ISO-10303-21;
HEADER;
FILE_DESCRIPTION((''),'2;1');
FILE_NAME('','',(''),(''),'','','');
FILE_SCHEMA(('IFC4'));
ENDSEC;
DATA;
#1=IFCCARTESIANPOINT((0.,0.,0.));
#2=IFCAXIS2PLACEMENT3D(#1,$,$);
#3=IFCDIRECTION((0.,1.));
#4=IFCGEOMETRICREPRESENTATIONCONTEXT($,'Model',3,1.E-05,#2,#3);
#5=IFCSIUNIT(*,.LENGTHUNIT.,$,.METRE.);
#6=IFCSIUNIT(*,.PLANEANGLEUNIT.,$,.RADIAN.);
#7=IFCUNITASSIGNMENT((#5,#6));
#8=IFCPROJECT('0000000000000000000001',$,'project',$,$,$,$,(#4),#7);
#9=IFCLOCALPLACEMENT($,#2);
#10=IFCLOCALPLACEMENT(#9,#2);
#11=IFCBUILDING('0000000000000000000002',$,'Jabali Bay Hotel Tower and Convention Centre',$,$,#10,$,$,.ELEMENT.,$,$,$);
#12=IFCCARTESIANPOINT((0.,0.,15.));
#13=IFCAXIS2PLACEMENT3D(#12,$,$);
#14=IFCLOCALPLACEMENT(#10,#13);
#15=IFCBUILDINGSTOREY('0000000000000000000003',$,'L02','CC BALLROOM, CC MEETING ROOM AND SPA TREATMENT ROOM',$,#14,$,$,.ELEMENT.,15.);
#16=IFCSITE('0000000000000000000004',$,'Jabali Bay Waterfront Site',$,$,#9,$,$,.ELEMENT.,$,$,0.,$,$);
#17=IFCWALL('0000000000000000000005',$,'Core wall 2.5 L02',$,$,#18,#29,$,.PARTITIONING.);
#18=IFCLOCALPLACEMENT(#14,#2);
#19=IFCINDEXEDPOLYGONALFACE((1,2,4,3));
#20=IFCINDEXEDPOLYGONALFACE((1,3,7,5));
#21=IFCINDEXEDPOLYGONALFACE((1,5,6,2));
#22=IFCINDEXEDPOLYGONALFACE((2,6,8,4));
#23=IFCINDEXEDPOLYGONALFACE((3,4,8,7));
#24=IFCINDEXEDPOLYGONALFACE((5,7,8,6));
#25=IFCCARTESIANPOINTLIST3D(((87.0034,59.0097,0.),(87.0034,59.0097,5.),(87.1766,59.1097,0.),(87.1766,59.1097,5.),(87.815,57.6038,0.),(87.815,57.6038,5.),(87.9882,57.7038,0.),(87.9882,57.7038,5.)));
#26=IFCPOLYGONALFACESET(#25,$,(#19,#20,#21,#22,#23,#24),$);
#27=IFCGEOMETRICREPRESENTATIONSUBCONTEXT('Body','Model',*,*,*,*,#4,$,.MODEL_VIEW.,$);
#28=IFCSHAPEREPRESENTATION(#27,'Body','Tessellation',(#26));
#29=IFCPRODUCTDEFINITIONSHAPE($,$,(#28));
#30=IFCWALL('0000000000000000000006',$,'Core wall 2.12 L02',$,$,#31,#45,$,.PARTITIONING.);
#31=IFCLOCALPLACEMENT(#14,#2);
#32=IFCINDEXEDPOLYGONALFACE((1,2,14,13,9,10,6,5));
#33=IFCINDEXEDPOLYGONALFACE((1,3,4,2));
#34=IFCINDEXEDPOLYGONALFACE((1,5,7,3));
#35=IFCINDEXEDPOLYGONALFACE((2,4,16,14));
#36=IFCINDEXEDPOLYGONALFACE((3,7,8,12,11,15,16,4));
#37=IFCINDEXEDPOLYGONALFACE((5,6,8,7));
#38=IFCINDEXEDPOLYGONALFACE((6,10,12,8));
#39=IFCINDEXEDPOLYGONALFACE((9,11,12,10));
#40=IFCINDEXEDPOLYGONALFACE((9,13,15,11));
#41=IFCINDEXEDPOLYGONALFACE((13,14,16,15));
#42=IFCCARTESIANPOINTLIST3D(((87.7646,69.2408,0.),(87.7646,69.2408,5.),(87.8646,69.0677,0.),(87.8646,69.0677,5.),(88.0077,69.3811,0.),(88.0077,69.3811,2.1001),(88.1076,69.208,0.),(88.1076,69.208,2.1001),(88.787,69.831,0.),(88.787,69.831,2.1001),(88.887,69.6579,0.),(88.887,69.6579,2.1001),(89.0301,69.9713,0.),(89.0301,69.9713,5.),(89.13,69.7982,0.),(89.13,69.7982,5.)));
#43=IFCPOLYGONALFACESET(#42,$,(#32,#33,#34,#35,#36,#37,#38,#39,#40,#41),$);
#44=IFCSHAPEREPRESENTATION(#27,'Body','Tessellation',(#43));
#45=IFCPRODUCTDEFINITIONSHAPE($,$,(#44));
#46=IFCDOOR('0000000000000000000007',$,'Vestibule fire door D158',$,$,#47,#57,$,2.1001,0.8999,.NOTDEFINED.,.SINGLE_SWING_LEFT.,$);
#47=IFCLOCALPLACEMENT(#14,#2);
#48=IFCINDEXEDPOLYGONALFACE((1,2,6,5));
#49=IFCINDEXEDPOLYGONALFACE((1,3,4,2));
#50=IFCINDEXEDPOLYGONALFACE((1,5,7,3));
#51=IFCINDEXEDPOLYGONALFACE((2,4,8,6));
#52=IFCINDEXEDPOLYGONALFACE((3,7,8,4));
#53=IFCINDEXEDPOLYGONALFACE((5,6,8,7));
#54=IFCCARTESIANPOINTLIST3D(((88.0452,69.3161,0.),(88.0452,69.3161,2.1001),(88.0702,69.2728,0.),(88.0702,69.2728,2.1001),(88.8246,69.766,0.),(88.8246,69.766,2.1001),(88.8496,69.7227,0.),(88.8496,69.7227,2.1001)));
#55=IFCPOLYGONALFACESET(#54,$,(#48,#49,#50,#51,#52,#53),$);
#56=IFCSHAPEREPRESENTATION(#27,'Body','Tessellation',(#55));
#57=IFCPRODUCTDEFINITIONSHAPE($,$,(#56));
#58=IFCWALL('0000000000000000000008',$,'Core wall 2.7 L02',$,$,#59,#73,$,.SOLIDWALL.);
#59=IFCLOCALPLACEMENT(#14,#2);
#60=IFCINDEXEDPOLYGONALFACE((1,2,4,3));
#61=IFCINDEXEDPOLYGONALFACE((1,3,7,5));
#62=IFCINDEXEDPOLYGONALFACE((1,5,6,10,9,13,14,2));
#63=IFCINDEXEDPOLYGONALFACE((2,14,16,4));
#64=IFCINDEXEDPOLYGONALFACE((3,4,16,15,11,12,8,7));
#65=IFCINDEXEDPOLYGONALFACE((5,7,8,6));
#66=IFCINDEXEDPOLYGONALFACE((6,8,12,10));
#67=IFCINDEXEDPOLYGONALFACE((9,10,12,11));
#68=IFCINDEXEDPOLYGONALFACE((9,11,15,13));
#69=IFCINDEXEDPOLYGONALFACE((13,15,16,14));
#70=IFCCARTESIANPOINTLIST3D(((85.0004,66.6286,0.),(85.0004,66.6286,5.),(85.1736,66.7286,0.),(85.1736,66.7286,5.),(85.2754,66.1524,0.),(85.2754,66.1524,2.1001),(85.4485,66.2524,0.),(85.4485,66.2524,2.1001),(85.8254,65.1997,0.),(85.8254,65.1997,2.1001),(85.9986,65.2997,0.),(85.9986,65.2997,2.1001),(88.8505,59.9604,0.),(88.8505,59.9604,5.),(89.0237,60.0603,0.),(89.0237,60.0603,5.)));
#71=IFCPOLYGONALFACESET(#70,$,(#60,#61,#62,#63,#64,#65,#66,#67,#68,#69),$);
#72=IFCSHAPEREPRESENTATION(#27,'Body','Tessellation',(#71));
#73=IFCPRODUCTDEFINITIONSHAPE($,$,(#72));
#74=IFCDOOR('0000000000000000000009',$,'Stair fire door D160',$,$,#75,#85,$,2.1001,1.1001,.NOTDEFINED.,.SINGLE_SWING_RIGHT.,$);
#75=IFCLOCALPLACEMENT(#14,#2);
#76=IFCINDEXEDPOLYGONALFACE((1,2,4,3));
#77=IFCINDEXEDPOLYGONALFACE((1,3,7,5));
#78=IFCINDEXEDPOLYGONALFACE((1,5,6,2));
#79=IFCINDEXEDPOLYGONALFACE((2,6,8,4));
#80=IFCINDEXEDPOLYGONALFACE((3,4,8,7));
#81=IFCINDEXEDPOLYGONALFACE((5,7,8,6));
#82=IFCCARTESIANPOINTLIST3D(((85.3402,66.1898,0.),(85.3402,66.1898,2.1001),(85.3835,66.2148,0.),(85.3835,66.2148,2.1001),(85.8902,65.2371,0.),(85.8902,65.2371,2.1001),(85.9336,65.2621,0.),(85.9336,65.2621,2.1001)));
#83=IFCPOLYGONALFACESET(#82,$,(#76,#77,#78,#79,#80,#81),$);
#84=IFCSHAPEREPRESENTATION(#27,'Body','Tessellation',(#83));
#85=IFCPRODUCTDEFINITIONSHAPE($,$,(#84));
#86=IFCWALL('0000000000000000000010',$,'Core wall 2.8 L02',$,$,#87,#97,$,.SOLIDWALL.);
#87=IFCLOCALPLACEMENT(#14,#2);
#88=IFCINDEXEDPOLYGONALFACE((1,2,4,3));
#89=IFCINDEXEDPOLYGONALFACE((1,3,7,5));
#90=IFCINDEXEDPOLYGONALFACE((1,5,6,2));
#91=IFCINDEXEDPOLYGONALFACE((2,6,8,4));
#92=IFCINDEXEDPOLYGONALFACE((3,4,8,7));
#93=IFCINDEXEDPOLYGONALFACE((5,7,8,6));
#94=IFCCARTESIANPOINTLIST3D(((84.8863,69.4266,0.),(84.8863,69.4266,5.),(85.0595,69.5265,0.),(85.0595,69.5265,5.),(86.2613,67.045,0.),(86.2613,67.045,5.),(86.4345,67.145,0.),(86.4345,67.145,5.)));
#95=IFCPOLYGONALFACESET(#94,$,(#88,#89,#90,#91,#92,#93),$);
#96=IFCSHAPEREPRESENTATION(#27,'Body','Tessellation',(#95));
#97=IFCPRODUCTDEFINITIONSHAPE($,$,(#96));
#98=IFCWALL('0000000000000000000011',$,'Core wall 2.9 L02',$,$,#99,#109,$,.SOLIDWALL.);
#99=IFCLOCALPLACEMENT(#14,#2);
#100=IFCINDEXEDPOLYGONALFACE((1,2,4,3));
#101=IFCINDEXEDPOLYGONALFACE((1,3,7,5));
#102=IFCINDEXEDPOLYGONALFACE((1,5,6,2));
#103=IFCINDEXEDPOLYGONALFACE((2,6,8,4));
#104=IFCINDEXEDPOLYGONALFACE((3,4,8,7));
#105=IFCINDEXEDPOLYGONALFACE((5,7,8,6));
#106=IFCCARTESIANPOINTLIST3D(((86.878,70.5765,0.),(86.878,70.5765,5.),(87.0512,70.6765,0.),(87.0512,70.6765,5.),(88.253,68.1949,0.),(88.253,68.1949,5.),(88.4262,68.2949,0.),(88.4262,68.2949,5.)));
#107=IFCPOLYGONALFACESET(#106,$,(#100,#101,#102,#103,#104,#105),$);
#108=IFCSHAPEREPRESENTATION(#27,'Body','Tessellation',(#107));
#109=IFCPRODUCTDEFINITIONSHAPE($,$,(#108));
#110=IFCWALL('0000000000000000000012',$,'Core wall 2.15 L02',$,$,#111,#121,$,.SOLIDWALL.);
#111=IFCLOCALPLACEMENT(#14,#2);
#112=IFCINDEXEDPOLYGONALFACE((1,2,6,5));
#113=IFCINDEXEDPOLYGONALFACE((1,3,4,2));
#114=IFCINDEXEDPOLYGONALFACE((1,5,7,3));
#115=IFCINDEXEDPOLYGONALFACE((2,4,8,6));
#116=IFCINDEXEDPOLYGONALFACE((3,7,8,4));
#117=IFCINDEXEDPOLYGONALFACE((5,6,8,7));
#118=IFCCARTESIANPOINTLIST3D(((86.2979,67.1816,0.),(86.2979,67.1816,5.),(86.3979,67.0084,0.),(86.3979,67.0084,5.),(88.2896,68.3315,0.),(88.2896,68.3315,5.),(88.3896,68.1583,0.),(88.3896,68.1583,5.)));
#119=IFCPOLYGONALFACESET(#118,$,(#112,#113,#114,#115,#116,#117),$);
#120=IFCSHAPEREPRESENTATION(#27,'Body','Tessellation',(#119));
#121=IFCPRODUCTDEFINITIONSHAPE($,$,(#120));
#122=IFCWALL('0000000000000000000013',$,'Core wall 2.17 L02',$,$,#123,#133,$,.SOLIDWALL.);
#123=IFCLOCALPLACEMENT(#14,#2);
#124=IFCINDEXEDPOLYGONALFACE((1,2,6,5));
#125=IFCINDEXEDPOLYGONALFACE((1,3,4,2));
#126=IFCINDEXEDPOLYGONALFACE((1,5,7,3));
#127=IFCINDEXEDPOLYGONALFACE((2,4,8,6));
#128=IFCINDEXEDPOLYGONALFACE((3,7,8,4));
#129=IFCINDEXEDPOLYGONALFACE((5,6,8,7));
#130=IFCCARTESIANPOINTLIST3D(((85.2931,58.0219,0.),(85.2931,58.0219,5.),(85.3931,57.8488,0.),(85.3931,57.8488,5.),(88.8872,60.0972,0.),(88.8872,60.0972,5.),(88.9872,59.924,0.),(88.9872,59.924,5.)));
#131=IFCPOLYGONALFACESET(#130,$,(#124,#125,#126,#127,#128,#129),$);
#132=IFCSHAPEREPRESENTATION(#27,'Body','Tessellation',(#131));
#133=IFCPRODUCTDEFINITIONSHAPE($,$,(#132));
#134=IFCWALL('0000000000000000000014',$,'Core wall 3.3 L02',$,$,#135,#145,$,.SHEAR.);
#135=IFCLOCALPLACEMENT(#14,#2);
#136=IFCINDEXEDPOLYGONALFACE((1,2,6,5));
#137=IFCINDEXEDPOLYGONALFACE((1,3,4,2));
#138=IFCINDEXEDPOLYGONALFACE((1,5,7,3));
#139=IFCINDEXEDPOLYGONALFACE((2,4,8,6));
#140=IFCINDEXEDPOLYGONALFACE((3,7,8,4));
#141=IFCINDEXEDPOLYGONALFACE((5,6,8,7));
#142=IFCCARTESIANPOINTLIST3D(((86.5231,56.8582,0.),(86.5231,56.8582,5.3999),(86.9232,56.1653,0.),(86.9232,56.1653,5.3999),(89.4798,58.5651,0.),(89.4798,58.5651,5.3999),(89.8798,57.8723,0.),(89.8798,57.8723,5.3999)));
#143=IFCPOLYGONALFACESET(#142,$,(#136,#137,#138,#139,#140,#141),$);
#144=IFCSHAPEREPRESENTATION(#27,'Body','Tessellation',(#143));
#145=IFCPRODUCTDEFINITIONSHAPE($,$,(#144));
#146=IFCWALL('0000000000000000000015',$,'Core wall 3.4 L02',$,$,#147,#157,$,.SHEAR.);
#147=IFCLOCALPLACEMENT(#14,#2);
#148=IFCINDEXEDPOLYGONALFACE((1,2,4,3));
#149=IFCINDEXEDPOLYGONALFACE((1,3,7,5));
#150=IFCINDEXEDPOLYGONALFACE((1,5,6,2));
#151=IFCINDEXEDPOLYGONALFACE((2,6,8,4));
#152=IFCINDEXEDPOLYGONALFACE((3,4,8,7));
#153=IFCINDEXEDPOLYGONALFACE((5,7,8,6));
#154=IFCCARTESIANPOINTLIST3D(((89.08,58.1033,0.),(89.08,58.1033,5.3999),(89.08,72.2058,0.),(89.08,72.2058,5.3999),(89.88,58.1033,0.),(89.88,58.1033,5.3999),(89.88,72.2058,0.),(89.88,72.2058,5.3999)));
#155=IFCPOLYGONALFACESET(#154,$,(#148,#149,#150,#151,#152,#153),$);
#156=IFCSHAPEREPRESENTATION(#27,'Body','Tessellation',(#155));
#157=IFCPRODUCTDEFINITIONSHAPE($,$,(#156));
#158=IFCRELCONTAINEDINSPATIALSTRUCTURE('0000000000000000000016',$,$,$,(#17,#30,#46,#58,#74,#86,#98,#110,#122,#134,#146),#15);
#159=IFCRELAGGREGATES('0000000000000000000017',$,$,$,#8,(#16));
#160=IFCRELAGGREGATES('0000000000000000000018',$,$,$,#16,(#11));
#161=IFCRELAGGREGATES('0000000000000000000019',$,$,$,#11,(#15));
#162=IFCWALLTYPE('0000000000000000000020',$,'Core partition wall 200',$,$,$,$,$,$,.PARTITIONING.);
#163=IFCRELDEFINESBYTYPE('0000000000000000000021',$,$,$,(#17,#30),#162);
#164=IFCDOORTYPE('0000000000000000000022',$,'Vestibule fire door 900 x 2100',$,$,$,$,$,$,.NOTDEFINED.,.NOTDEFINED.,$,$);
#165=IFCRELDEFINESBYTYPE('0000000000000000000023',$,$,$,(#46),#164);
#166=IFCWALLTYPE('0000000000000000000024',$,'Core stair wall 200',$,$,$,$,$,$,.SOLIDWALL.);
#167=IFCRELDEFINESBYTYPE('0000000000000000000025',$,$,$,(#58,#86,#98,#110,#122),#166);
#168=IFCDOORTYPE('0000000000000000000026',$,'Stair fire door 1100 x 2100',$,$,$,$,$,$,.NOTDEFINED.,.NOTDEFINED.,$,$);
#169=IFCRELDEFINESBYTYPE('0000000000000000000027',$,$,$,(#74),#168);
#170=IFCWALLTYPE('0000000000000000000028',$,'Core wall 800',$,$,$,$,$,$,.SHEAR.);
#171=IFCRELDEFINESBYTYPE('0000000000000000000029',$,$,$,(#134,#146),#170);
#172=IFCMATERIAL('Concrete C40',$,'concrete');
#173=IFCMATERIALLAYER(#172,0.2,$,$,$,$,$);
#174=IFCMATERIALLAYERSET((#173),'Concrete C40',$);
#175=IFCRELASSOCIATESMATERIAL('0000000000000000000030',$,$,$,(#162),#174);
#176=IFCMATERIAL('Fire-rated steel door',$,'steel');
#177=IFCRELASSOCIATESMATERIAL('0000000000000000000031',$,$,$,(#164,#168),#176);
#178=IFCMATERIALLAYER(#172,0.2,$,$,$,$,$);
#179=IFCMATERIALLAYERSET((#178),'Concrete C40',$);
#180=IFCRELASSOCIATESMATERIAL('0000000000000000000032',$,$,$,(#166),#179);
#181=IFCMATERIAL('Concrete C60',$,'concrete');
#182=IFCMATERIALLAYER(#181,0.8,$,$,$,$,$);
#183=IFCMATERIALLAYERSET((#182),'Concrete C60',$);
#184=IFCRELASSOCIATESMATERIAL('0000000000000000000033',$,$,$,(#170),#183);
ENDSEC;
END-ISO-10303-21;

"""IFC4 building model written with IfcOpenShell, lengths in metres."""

from ifc_helpers import new_model, si_unit, direction, frame, frame_2d, origin, place, context, subcontext, project, spatial, rectangle, extrude, material, layer, layer_set, type_object, element, fill, save


model = new_model("IFC4")

# Units and contexts
model_context = context("Model", 3, precision=1e-05, world=origin(), true_north=direction((0.0, 1.0)))
body_context = subcontext(model_context, "Body", "Model", "MODEL_VIEW")
ifc_project = project(units=[si_unit("LENGTHUNIT", "METRE"), si_unit("PLANEANGLEUNIT", "RADIAN")], contexts=[model_context])

# Site, building, storey
site_placement = place(None, origin())
site = spatial("IfcSite", under=ifc_project, at=site_placement, Name="Jabali Bay Waterfront Site", CompositionType="ELEMENT", RefElevation=0.0)
building_placement = place(site_placement, origin())
building = spatial("IfcBuilding", under=site, at=building_placement, Name="Jabali Bay Hotel Tower and Convention Centre", CompositionType="ELEMENT")
storey_placement = place(building_placement, frame((0.0, 0.0, 15.0)))
storey = spatial("IfcBuildingStorey", under=building, at=storey_placement, Name="L02", Description="CC BALLROOM, CC MEETING ROOM AND SPA TREATMENT ROOM", CompositionType="ELEMENT", Elevation=15.0)

# Wall
ifc_material_1 = material(Name="Concrete C40", Category="concrete")
ifc_layer_1 = layer(ifc_material_1, 0.2)
ifc_layer_set_1 = layer_set([ifc_layer_1], Name="Concrete C40")
wall_type_1 = type_object("IfcWallType", Name="Core partition wall 200", PredefinedType="PARTITIONING", material=ifc_layer_set_1)
wall_1_placement = place(storey_placement, frame((87.0901, 59.0596, 0.0), z_axis=(0.0, 0.0, 1.0), x_axis=(0.499957, -0.86605, 0.0)))
element("IfcWall", 1, at=wall_1_placement, inside=storey, type_object=wall_type_1, Name="Core wall 2.5 L02", PredefinedType="PARTITIONING", context=body_context, shape_type="SweptSolid", body=[
    extrude(rectangle(XDim=1.6233, YDim=0.2, at=frame_2d((0.8115, 0.0))), origin(), (0.0, 0.0, 1.0), 5.0),
])

# Walls, openings, doors
wall_2_placement = place(storey_placement, frame((87.8147, 69.1543, 0.0), z_axis=(0.0, 0.0, 1.0), x_axis=(0.866055, 0.499949, 0.0)))
wall_2 = element("IfcWall", 2, at=wall_2_placement, inside=storey, type_object=wall_type_1, Name="Core wall 2.12 L02", PredefinedType="PARTITIONING", context=body_context, shape_type="SweptSolid", body=[
    extrude(rectangle(XDim=1.4612, YDim=0.2, at=frame_2d((0.7305, 0.0))), origin(), (0.0, 0.0, 1.0), 5.0),
])
opening_1_placement = place(wall_2_placement, frame((0.2805, 0.0, 0.0)))
opening_1 = element("IfcOpeningElement", 3, at=opening_1_placement, cuts=wall_2, PredefinedType="OPENING", context=body_context, shape_type="SweptSolid", body=[
    extrude(rectangle(XDim=0.8999, YDim=2.1001, at=frame_2d((0.45, 1.05))), frame((0.0, 0.1104, 0.0), z_axis=(0.0, -1.0, 0.0), x_axis=(1.0, 0.0, 0.0)), (0.0, 0.0, 1.0), 0.2209),
])
ifc_material_2 = material(Name="Fire-rated steel door", Category="steel")
door_type_1 = type_object("IfcDoorType", Name="Vestibule fire door 900 x 2100", OperationType="NOTDEFINED", PredefinedType="NOTDEFINED", material=ifc_material_2)
door_1_placement = place(opening_1_placement, origin())
door_1 = element("IfcDoor", 4, at=door_1_placement, inside=storey, type_object=door_type_1, Name="Vestibule fire door D158", OperationType="SINGLE_SWING_LEFT", OverallHeight=2.1001, OverallWidth=0.8999, PredefinedType="NOTDEFINED", context=body_context, shape_type="SweptSolid", body=[
    extrude(rectangle(XDim=0.8999, YDim=2.1001, at=frame_2d((0.45, 1.05))), frame((0.0, 0.0249, 0.0), z_axis=(0.0, -1.0, 0.0), x_axis=(1.0, 0.0, 0.0)), (0.0, 0.0, 1.0), 0.05),
])
fill(opening_1, door_1)
ifc_layer_2 = layer(ifc_material_1, 0.2)
ifc_layer_set_2 = layer_set([ifc_layer_2], Name="Concrete C40")
wall_type_2 = type_object("IfcWallType", Name="Core stair wall 200", PredefinedType="SOLIDWALL", material=ifc_layer_set_2)
wall_3_placement = place(storey_placement, frame((85.0869, 66.6787, 0.0), z_axis=(0.0, 0.0, 1.0), x_axis=(0.50002, -0.866014, 0.0)))
wall_3 = element("IfcWall", 5, at=wall_3_placement, inside=storey, type_object=wall_type_2, Name="Core wall 2.7 L02", PredefinedType="SOLIDWALL", context=body_context, shape_type="SweptSolid", body=[
    extrude(rectangle(XDim=7.7, YDim=0.2, at=frame_2d((3.8501, 0.0))), origin(), (0.0, 0.0, 1.0), 5.0),
])
opening_2_placement = place(wall_3_placement, frame((0.55, 0.0, 0.0)))
opening_2 = element("IfcOpeningElement", 6, at=opening_2_placement, cuts=wall_3, PredefinedType="OPENING", context=body_context, shape_type="SweptSolid", body=[
    extrude(rectangle(XDim=1.1001, YDim=2.1001, at=frame_2d((0.55, 1.05))), frame((0.0, 0.1104, 0.0), z_axis=(0.0, -1.0, 0.0), x_axis=(1.0, 0.0, 0.0)), (0.0, 0.0, 1.0), 0.2209),
])
door_type_2 = type_object("IfcDoorType", Name="Stair fire door 1100 x 2100", OperationType="NOTDEFINED", PredefinedType="NOTDEFINED", material=ifc_material_2)
door_2_placement = place(opening_2_placement, origin())
door_2 = element("IfcDoor", 7, at=door_2_placement, inside=storey, type_object=door_type_2, Name="Stair fire door D160", OperationType="SINGLE_SWING_RIGHT", OverallHeight=2.1001, OverallWidth=1.1001, PredefinedType="NOTDEFINED", context=body_context, shape_type="SweptSolid", body=[
    extrude(rectangle(XDim=1.1001, YDim=2.1001, at=frame_2d((0.55, 1.05))), frame((0.0, 0.0249, 0.0), z_axis=(0.0, -1.0, 0.0), x_axis=(1.0, 0.0, 0.0)), (0.0, 0.0, 1.0), 0.05),
])
fill(opening_2, door_2)

# Walls
for number, where, z_axis, x_axis, name in (
    (8, (84.9729, 69.4766, 0.0), (0.0, 0.0, 1.0), (0.499997, -0.866027, 0.0), "Core wall 2.8 L02"),
    (9, (86.9646, 70.6265, 0.0), (0.0, 0.0, 1.0), (0.499997, -0.866027, 0.0), "Core wall 2.9 L02"),
):
    element("IfcWall", number, at=place(storey_placement, frame(where, z_axis=z_axis, x_axis=x_axis)), inside=storey, type_object=wall_type_2, Name=name, PredefinedType="SOLIDWALL", context=body_context, shape_type="SweptSolid", body=[
        extrude(rectangle(XDim=2.75, YDim=0.2, at=frame_2d((1.375, 0.0))), origin(), (0.0, 0.0, 1.0), 5.0),
    ])
wall_4_placement = place(storey_placement, frame((86.3479, 67.095, 0.0), z_axis=(0.0, 0.0, 1.0), x_axis=(0.866026, 0.499998, 0.0)))
element("IfcWall", 10, at=wall_4_placement, inside=storey, type_object=wall_type_2, Name="Core wall 2.15 L02", PredefinedType="SOLIDWALL", context=body_context, shape_type="SweptSolid", body=[
    extrude(rectangle(XDim=2.2998, YDim=0.2, at=frame_2d((1.1499, 0.0))), origin(), (0.0, 0.0, 1.0), 5.0),
])
wall_5_placement = place(storey_placement, frame((85.343, 57.9353, 0.0), z_axis=(0.0, 0.0, 1.0), x_axis=(0.866004, 0.500036, 0.0)))
element("IfcWall", 11, at=wall_5_placement, inside=storey, type_object=wall_type_2, Name="Core wall 2.17 L02", PredefinedType="SOLIDWALL", context=body_context, shape_type="SweptSolid", body=[
    extrude(rectangle(XDim=4.1501, YDim=0.2, at=frame_2d((2.0752, 0.0))), origin(), (0.0, 0.0, 1.0), 5.0),
])
ifc_material_3 = material(Name="Concrete C60", Category="concrete")
ifc_layer_3 = layer(ifc_material_3, 0.8)
ifc_layer_set_3 = layer_set([ifc_layer_3], Name="Concrete C60")
wall_type_3 = type_object("IfcWallType", Name="Core wall 800", PredefinedType="SHEAR", material=ifc_layer_set_3)
wall_6_placement = place(storey_placement, frame((86.7231, 56.5117, 0.0), z_axis=(0.0, 0.0, 1.0), x_axis=(0.866034, 0.499984, 0.0)))
element("IfcWall", 12, at=wall_6_placement, inside=storey, type_object=wall_type_3, Name="Core wall 3.3 L02", PredefinedType="SHEAR", context=body_context, shape_type="SweptSolid", body=[
    extrude(rectangle(XDim=3.4141, YDim=0.8, at=frame_2d((1.707, 0.0))), origin(), (0.0, 0.0, 1.0), 5.3999),
])
wall_7_placement = place(storey_placement, frame((89.48, 58.1033, 0.0), z_axis=(0.0, 0.0, 1.0), x_axis=(0.0, 1.0, 0.0)))
element("IfcWall", 13, at=wall_7_placement, inside=storey, type_object=wall_type_3, Name="Core wall 3.4 L02", PredefinedType="SHEAR", context=body_context, shape_type="SweptSolid", body=[
    extrude(rectangle(XDim=14.1025, YDim=0.8, at=frame_2d((7.0513, 0.0))), origin(), (0.0, 0.0, 1.0), 5.3999),
])

save(model, "model.ifc")
